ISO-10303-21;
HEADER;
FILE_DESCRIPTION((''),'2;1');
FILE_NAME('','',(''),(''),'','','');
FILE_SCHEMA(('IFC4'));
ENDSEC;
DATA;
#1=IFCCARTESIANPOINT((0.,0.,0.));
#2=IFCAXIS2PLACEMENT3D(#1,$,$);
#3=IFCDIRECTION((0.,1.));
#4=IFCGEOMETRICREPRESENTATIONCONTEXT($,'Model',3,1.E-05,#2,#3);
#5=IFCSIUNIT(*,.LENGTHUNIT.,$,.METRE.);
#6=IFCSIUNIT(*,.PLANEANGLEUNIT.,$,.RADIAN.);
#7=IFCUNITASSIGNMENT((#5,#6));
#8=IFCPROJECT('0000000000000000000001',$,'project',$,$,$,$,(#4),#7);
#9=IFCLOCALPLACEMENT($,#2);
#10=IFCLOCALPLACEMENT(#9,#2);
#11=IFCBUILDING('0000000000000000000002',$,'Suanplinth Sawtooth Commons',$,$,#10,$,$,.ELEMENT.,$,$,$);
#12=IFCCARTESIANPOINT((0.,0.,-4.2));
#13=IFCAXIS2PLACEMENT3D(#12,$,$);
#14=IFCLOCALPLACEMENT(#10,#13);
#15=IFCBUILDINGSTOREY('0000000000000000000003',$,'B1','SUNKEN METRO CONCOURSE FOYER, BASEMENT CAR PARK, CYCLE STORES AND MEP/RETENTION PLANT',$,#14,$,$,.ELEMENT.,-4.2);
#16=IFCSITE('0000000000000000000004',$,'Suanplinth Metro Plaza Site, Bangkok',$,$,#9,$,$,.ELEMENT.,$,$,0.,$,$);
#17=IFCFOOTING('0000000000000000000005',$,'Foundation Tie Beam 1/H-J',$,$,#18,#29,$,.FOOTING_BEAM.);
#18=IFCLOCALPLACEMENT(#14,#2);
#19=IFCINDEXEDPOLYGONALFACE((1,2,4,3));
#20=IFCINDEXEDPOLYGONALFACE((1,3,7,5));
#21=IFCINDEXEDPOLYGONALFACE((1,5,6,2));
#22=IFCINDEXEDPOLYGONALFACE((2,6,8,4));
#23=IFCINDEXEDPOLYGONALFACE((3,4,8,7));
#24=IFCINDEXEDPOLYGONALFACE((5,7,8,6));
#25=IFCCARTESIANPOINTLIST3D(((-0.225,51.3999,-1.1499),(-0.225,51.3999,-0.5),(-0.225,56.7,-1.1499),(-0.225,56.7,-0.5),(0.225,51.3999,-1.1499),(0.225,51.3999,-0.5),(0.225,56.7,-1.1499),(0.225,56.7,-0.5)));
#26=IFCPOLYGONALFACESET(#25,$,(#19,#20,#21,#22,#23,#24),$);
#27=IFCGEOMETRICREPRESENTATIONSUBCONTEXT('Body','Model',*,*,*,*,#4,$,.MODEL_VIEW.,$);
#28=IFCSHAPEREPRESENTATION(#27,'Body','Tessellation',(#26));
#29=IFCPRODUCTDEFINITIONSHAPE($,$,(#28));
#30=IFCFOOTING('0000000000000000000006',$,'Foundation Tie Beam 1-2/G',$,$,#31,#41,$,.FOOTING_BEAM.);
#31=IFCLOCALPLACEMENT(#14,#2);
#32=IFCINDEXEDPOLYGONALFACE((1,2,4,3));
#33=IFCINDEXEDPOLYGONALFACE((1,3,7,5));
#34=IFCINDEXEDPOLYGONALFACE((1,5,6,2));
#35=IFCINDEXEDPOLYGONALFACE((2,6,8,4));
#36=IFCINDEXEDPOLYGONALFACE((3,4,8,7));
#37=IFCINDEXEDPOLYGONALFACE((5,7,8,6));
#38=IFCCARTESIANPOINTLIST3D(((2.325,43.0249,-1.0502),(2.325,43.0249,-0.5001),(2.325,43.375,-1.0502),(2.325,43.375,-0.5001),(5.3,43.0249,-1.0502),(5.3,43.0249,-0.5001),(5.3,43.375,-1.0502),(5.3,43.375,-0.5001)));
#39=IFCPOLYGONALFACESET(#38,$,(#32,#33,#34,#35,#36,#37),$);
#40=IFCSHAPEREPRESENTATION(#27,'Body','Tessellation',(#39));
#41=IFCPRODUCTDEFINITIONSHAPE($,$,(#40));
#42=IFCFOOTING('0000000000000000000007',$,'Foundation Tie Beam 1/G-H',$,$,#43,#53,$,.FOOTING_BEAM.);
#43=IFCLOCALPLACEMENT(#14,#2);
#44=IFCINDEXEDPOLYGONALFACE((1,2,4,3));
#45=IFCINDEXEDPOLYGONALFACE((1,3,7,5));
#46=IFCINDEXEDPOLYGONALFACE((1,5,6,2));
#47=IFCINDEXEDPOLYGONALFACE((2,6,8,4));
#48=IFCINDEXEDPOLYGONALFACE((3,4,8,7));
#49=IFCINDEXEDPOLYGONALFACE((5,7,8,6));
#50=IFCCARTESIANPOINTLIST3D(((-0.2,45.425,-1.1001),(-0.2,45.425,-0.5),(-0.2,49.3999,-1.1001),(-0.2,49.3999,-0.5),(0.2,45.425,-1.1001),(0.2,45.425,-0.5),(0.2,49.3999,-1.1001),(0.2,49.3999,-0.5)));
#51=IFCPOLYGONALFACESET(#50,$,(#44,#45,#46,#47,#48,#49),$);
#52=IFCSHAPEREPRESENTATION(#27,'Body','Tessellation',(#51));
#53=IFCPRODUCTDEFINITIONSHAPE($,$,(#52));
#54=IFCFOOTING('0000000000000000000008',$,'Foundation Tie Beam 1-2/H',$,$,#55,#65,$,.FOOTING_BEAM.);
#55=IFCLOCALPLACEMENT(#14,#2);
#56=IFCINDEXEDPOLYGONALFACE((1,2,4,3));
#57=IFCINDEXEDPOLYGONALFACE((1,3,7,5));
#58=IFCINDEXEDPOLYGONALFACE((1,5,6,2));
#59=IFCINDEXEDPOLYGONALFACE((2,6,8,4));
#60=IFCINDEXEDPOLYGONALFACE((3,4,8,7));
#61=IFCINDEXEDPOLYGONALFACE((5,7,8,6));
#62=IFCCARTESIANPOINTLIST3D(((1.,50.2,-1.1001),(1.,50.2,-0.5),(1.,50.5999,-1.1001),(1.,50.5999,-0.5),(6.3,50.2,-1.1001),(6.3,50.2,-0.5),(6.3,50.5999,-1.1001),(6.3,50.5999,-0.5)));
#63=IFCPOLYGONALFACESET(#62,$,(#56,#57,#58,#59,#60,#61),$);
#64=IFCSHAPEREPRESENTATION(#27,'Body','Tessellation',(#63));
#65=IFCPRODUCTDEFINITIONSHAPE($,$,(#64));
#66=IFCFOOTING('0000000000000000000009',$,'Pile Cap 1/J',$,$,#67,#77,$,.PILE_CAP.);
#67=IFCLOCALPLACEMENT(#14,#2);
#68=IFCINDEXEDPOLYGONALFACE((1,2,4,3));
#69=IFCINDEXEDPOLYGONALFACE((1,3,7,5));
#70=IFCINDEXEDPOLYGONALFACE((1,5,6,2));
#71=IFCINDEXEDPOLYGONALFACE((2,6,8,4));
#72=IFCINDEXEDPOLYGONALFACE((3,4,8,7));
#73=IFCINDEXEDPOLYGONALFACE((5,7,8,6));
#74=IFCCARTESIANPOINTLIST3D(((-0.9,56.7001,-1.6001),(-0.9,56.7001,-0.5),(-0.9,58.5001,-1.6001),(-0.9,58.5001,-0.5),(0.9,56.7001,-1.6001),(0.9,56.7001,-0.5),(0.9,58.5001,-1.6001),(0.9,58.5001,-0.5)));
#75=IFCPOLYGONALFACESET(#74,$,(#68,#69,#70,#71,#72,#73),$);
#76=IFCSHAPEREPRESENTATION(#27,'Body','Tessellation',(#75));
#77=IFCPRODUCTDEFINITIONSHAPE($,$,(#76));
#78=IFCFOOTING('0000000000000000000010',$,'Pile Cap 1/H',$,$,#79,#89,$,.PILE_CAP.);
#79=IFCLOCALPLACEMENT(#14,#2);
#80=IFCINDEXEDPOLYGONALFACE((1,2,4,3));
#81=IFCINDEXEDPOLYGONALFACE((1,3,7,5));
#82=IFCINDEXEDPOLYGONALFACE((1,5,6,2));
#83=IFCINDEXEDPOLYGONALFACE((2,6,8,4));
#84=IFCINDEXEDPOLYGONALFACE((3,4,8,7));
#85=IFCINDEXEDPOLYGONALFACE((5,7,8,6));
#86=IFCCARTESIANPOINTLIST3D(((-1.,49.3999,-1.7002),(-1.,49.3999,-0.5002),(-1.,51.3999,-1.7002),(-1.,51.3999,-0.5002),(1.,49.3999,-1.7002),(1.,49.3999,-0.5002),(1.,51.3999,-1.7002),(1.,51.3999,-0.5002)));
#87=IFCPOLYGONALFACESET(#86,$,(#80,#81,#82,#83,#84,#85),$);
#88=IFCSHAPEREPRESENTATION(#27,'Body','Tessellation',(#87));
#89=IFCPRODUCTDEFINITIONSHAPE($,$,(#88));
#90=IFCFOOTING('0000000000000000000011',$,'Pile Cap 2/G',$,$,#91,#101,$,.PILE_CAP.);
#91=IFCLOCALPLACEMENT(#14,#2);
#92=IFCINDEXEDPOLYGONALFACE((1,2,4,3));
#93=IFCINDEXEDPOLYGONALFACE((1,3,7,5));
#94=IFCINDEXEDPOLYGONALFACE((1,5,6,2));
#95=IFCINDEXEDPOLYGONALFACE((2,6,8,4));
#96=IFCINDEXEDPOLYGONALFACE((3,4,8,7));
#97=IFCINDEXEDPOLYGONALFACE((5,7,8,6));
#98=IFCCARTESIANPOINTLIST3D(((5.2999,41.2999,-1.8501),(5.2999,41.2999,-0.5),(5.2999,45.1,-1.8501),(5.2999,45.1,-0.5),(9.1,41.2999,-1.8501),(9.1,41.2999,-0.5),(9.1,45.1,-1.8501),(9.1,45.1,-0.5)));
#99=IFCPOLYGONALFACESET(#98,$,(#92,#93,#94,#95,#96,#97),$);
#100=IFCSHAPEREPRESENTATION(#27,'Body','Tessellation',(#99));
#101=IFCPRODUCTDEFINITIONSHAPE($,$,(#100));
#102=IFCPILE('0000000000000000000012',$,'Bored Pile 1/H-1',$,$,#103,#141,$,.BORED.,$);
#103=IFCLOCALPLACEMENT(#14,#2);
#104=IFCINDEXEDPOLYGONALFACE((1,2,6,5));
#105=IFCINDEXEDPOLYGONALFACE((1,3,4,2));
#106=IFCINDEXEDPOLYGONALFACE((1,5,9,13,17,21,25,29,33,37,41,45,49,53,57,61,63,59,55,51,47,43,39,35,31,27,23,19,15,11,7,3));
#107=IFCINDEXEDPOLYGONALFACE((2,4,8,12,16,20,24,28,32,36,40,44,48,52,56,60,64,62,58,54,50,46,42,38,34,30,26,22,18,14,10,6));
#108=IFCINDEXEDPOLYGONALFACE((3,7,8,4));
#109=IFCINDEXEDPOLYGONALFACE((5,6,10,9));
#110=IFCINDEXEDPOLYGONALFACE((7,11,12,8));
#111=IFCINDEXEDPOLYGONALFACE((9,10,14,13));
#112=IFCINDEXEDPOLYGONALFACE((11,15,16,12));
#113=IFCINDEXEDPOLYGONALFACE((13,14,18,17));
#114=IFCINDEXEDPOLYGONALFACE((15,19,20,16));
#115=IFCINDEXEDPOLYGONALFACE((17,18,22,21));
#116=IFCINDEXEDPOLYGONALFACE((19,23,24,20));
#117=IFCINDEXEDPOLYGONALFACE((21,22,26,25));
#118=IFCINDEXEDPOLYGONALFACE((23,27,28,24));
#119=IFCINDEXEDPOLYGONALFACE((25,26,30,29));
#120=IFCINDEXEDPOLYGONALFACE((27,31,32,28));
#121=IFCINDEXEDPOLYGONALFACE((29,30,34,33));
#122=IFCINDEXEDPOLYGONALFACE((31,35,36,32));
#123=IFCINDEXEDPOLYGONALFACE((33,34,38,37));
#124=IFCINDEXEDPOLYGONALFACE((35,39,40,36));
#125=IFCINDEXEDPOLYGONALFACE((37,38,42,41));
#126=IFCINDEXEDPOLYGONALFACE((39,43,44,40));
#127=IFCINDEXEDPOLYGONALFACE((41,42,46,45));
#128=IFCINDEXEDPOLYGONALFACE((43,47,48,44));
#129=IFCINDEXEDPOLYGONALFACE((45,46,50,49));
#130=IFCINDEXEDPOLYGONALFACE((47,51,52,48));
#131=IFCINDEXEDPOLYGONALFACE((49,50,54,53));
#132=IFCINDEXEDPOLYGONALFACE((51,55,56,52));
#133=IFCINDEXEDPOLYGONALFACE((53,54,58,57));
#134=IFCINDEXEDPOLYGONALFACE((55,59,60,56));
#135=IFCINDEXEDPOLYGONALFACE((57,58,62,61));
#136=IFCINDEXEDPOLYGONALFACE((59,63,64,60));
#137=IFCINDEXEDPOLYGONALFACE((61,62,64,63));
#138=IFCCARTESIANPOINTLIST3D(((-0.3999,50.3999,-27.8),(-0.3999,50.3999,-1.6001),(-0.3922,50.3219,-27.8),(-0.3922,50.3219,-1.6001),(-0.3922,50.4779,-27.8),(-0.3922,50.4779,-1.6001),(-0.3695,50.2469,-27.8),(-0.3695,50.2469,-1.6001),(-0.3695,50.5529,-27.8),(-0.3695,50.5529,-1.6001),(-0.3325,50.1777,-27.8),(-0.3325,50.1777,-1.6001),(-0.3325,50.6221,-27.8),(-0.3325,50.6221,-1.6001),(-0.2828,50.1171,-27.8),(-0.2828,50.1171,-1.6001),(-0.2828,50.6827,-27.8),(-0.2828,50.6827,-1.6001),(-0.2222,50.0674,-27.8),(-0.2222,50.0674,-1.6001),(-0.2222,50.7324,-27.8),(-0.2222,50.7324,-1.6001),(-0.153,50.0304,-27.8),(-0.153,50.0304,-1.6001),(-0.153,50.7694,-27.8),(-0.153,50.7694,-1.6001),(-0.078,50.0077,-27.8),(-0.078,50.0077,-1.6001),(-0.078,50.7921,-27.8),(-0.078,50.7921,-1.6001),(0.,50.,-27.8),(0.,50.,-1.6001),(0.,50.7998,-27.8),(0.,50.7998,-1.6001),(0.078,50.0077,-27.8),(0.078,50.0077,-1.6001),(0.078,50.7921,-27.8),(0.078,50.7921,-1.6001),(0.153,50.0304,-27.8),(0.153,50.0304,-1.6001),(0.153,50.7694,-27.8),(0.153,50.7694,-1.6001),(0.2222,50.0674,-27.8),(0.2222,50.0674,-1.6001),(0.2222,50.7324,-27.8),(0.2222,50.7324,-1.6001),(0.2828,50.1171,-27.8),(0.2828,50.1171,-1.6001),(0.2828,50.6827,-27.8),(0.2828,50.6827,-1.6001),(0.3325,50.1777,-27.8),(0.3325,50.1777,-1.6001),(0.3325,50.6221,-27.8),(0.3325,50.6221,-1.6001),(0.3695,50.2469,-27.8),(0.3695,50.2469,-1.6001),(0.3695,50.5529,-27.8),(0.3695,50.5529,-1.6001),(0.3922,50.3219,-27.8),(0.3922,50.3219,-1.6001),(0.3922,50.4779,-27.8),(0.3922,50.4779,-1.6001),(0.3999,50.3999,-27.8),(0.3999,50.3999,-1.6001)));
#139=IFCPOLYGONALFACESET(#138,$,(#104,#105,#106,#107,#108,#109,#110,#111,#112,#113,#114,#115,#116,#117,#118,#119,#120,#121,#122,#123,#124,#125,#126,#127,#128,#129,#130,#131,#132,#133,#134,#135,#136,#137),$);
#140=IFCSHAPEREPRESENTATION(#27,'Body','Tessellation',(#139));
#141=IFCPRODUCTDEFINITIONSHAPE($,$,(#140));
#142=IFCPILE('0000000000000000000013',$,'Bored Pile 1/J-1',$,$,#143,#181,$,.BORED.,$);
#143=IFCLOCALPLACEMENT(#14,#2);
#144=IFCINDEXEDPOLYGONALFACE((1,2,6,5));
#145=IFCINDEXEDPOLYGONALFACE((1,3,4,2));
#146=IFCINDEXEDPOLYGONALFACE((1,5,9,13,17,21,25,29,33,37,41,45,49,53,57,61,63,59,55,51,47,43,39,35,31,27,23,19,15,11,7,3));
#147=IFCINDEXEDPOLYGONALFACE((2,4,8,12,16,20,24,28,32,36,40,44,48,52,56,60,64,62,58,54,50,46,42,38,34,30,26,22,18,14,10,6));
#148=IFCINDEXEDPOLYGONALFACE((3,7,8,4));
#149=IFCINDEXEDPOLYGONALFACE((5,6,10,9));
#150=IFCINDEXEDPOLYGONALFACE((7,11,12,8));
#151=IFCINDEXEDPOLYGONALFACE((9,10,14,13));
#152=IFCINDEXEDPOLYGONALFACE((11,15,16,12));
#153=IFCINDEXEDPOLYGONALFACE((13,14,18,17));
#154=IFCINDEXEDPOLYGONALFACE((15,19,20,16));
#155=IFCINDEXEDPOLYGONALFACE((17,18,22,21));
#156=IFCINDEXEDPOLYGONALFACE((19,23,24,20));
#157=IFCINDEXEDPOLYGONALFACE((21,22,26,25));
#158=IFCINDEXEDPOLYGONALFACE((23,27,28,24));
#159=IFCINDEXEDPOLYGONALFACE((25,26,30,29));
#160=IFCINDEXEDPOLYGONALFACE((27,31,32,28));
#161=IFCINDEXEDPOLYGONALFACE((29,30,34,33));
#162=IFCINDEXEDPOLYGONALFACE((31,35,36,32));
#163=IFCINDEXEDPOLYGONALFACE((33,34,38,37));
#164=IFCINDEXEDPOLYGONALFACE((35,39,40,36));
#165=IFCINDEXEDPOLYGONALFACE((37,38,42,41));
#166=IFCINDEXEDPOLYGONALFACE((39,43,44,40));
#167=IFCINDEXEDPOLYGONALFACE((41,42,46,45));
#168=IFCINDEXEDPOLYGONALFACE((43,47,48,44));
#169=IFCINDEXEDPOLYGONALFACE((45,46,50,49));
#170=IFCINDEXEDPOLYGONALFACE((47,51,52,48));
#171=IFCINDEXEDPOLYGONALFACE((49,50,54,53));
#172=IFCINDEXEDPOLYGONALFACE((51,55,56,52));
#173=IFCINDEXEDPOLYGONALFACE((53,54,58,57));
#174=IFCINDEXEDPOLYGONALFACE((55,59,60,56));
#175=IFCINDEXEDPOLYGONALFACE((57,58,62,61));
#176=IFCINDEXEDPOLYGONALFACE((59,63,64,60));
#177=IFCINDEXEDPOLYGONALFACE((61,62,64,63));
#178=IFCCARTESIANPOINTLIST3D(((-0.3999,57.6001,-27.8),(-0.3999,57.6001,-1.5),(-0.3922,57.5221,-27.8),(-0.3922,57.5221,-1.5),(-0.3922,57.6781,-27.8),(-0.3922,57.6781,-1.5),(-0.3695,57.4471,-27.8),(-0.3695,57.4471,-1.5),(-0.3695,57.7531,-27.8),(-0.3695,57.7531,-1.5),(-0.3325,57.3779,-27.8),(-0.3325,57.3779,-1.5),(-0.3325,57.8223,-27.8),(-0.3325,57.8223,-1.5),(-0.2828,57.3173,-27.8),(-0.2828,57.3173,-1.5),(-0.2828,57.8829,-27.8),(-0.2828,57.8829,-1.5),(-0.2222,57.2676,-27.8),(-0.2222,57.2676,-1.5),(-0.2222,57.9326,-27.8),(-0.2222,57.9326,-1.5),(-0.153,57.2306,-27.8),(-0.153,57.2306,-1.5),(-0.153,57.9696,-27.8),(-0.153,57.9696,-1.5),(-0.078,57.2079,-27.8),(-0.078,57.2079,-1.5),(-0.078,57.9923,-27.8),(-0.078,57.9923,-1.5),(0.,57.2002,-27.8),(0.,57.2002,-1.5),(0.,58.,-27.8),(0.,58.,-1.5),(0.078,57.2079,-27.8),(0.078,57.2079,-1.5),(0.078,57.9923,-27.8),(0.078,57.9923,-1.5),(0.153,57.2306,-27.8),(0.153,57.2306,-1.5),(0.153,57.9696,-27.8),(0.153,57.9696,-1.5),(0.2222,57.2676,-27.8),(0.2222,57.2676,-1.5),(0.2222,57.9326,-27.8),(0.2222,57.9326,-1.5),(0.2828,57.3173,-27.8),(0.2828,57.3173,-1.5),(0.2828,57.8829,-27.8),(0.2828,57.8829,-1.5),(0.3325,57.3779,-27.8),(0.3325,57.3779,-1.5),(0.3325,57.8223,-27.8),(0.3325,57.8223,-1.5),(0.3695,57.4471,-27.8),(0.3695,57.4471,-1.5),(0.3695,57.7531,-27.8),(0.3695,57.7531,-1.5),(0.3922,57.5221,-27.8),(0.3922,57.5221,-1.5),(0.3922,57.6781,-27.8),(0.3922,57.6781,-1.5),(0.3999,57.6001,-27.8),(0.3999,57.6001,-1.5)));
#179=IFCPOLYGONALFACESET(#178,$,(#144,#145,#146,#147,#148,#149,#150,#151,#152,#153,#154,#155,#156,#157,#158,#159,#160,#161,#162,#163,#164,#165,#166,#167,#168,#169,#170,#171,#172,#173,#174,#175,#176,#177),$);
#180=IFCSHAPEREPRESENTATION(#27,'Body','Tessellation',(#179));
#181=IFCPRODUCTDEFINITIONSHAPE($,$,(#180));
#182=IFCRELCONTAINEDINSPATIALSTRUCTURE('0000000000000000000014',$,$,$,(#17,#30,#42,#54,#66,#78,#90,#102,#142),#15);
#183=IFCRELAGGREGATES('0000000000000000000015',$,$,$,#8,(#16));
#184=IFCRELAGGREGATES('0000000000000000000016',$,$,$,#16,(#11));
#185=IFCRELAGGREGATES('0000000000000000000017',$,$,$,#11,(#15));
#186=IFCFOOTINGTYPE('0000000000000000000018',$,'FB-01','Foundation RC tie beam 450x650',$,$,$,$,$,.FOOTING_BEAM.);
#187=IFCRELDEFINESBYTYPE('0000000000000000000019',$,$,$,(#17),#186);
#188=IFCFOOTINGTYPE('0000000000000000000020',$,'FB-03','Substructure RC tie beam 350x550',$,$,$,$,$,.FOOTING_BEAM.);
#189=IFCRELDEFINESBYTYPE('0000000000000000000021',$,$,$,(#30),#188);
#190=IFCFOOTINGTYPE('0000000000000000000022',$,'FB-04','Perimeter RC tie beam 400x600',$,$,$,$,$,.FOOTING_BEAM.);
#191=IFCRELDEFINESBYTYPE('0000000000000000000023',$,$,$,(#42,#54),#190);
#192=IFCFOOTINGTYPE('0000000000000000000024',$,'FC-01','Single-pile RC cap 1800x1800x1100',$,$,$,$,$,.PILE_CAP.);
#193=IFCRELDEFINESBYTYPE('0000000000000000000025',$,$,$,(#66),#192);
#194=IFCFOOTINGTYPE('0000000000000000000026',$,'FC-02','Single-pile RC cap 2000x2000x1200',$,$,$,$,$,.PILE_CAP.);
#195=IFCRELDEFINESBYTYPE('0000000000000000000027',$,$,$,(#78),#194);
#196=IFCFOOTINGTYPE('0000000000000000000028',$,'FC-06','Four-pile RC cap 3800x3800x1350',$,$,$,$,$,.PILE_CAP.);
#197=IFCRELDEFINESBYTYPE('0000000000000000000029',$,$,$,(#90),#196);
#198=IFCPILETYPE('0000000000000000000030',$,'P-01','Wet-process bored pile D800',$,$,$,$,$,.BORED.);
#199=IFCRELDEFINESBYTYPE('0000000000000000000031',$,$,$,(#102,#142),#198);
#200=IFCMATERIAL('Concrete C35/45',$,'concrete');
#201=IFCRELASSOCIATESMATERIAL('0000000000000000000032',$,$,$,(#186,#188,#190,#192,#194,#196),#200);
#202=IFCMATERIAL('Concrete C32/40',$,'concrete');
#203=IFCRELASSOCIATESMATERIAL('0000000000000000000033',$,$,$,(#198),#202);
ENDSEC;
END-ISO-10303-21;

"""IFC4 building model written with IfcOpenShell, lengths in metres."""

from ifc_helpers import new_model, si_unit, direction, frame, origin, origin_2d, place, context, subcontext, project, spatial, rectangle, circle, extrude, material, material_profile, profile_set, type_object, element, save


model = new_model("IFC4")

# Units and contexts
model_context = context("Model", 3, precision=1e-05, world=origin(), true_north=direction((0.0, 1.0)))
body_context = subcontext(model_context, "Body", "Model", "MODEL_VIEW")
ifc_project = project(units=[si_unit("LENGTHUNIT", "METRE"), si_unit("PLANEANGLEUNIT", "RADIAN")], contexts=[model_context])

# Site, building, storey
site_placement = place(None, origin())
site = spatial("IfcSite", under=ifc_project, at=site_placement, Name="Suanplinth Metro Plaza Site, Bangkok", CompositionType="ELEMENT", RefElevation=0.0)
building_placement = place(site_placement, origin())
building = spatial("IfcBuilding", under=site, at=building_placement, Name="Suanplinth Sawtooth Commons", CompositionType="ELEMENT")
storey_placement = place(building_placement, frame((0.0, 0.0, -4.2)))
storey = spatial("IfcBuildingStorey", under=building, at=storey_placement, Name="B1", Description="SUNKEN METRO CONCOURSE FOYER, BASEMENT CAR PARK, CYCLE STORES AND MEP/RETENTION PLANT", CompositionType="ELEMENT", Elevation=-4.2)

# Footings
ifc_material_1 = material(Name="Concrete C35/45", Category="concrete")
ifc_material_profile_1 = material_profile(ifc_material_1, rectangle(XDim=0.45, YDim=0.6499, at=origin_2d()), Name="PC-GDR 450x650")
ifc_profile_set_1 = profile_set([ifc_material_profile_1], Name="Concrete C35/45")
footing_type_1 = type_object("IfcFootingType", Name="FB-01", Description="Foundation RC tie beam 450x650", PredefinedType="FOOTING_BEAM", material=ifc_profile_set_1)
footing_1_placement = place(storey_placement, frame((0.0, 51.3999, -0.825), z_axis=(0.0, 1.0, 0.0), x_axis=(-1.0, 0.0, 0.0)))
element("IfcFooting", 1, at=footing_1_placement, inside=storey, type_object=footing_type_1, Name="Foundation Tie Beam 1/H-J", PredefinedType="FOOTING_BEAM", context=body_context, shape_type="SweptSolid", body=[
    extrude(rectangle(XDim=0.45, YDim=0.6499, at=origin_2d()), origin(), (0.0, 0.0, 1.0), 5.3),
])
ifc_material_profile_2 = material_profile(ifc_material_1, rectangle(XDim=0.3501, YDim=0.55, at=origin_2d()), Name="PC-BM 350x550")
ifc_profile_set_2 = profile_set([ifc_material_profile_2], Name="Concrete C35/45")
footing_type_2 = type_object("IfcFootingType", Name="FB-03", Description="Substructure RC tie beam 350x550", PredefinedType="FOOTING_BEAM", material=ifc_profile_set_2)
footing_2_placement = place(storey_placement, frame((2.325, 43.2, -0.7751), z_axis=(1.0, 0.0, 0.0), x_axis=(0.0, 1.0, 0.0)))
element("IfcFooting", 2, at=footing_2_placement, inside=storey, type_object=footing_type_2, Name="Foundation Tie Beam 1-2/G", PredefinedType="FOOTING_BEAM", context=body_context, shape_type="SweptSolid", body=[
    extrude(rectangle(XDim=0.3501, YDim=0.55, at=origin_2d()), origin(), (0.0, 0.0, 1.0), 2.9751),
])
ifc_material_profile_3 = material_profile(ifc_material_1, rectangle(XDim=0.3999, YDim=0.6001, at=origin_2d()), Name="PC-GDR 400x600")
ifc_profile_set_3 = profile_set([ifc_material_profile_3], Name="Concrete C35/45")
footing_type_3 = type_object("IfcFootingType", Name="FB-04", Description="Perimeter RC tie beam 400x600", PredefinedType="FOOTING_BEAM", material=ifc_profile_set_3)
footing_3_placement = place(storey_placement, frame((0.0, 45.425, -0.8), z_axis=(0.0, 1.0, 0.0), x_axis=(-1.0, 0.0, 0.0)))
element("IfcFooting", 3, at=footing_3_placement, inside=storey, type_object=footing_type_3, Name="Foundation Tie Beam 1/G-H", PredefinedType="FOOTING_BEAM", context=body_context, shape_type="SweptSolid", body=[
    extrude(rectangle(XDim=0.3999, YDim=0.6001, at=origin_2d()), origin(), (0.0, 0.0, 1.0), 3.9749),
])
footing_4_placement = place(storey_placement, frame((1.0, 50.3999, -0.8), z_axis=(1.0, 0.0, 0.0), x_axis=(0.0, 1.0, 0.0)))
element("IfcFooting", 4, at=footing_4_placement, inside=storey, type_object=footing_type_3, Name="Foundation Tie Beam 1-2/H", PredefinedType="FOOTING_BEAM", context=body_context, shape_type="SweptSolid", body=[
    extrude(rectangle(XDim=0.3999, YDim=0.6001, at=origin_2d()), origin(), (0.0, 0.0, 1.0), 5.3),
])
footing_type_4 = type_object("IfcFootingType", Name="FC-01", Description="Single-pile RC cap 1800x1800x1100", PredefinedType="PILE_CAP", material=ifc_material_1)
footing_5_placement = place(storey_placement, frame((0.0, 57.6001, -1.6001), z_axis=(0.0, 0.0, 1.0), x_axis=(1.0, 0.0, 0.0)))
element("IfcFooting", 5, at=footing_5_placement, inside=storey, type_object=footing_type_4, Name="Pile Cap 1/J", PredefinedType="PILE_CAP", context=body_context, shape_type="SweptSolid", body=[
    extrude(rectangle(XDim=1.8, YDim=1.8, at=origin_2d()), origin(), (0.0, 0.0, 1.0), 1.1001),
])
footing_type_5 = type_object("IfcFootingType", Name="FC-02", Description="Single-pile RC cap 2000x2000x1200", PredefinedType="PILE_CAP", material=ifc_material_1)
footing_6_placement = place(storey_placement, frame((0.0, 50.3999, -1.7002), z_axis=(0.0, 0.0, 1.0), x_axis=(1.0, 0.0, 0.0)))
element("IfcFooting", 6, at=footing_6_placement, inside=storey, type_object=footing_type_5, Name="Pile Cap 1/H", PredefinedType="PILE_CAP", context=body_context, shape_type="SweptSolid", body=[
    extrude(rectangle(XDim=2.0, YDim=2.0, at=origin_2d()), origin(), (0.0, 0.0, 1.0), 1.2),
])
footing_type_6 = type_object("IfcFootingType", Name="FC-06", Description="Four-pile RC cap 3800x3800x1350", PredefinedType="PILE_CAP", material=ifc_material_1)
footing_7_placement = place(storey_placement, frame((7.2, 43.2, -1.8501), z_axis=(0.0, 0.0, 1.0), x_axis=(1.0, 0.0, 0.0)))
element("IfcFooting", 7, at=footing_7_placement, inside=storey, type_object=footing_type_6, Name="Pile Cap 2/G", PredefinedType="PILE_CAP", context=body_context, shape_type="SweptSolid", body=[
    extrude(rectangle(XDim=3.8, YDim=3.8, at=origin_2d()), origin(), (0.0, 0.0, 1.0), 1.3501),
])

# Piles
ifc_material_2 = material(Name="Concrete C32/40", Category="concrete")
ifc_material_profile_4 = material_profile(ifc_material_2, circle(Radius=0.3999, at=origin_2d()), Name="PILE D800")
ifc_profile_set_4 = profile_set([ifc_material_profile_4], Name="Concrete C32/40")
pile_type_1 = type_object("IfcPileType", Name="P-01", Description="Wet-process bored pile D800", PredefinedType="BORED", material=ifc_profile_set_4)
pile_1_placement = place(storey_placement, frame((0.0, 50.3999, -1.6001), z_axis=(0.0, 0.0, -1.0), x_axis=(1.0, 0.0, 0.0)))
element("IfcPile", 8, at=pile_1_placement, inside=storey, type_object=pile_type_1, Name="Bored Pile 1/H-1", PredefinedType="BORED", context=body_context, shape_type="SweptSolid", body=[
    extrude(circle(Radius=0.3999, at=origin_2d()), origin(), (0.0, 0.0, 1.0), 26.2),
])
pile_2_placement = place(storey_placement, frame((0.0, 57.6001, -1.5), z_axis=(0.0, 0.0, -1.0), x_axis=(1.0, 0.0, 0.0)))
element("IfcPile", 9, at=pile_2_placement, inside=storey, type_object=pile_type_1, Name="Bored Pile 1/J-1", PredefinedType="BORED", context=body_context, shape_type="SweptSolid", body=[
    extrude(circle(Radius=0.3999, at=origin_2d()), origin(), (0.0, 0.0, 1.0), 26.3),
])

save(model, "model.ifc")
